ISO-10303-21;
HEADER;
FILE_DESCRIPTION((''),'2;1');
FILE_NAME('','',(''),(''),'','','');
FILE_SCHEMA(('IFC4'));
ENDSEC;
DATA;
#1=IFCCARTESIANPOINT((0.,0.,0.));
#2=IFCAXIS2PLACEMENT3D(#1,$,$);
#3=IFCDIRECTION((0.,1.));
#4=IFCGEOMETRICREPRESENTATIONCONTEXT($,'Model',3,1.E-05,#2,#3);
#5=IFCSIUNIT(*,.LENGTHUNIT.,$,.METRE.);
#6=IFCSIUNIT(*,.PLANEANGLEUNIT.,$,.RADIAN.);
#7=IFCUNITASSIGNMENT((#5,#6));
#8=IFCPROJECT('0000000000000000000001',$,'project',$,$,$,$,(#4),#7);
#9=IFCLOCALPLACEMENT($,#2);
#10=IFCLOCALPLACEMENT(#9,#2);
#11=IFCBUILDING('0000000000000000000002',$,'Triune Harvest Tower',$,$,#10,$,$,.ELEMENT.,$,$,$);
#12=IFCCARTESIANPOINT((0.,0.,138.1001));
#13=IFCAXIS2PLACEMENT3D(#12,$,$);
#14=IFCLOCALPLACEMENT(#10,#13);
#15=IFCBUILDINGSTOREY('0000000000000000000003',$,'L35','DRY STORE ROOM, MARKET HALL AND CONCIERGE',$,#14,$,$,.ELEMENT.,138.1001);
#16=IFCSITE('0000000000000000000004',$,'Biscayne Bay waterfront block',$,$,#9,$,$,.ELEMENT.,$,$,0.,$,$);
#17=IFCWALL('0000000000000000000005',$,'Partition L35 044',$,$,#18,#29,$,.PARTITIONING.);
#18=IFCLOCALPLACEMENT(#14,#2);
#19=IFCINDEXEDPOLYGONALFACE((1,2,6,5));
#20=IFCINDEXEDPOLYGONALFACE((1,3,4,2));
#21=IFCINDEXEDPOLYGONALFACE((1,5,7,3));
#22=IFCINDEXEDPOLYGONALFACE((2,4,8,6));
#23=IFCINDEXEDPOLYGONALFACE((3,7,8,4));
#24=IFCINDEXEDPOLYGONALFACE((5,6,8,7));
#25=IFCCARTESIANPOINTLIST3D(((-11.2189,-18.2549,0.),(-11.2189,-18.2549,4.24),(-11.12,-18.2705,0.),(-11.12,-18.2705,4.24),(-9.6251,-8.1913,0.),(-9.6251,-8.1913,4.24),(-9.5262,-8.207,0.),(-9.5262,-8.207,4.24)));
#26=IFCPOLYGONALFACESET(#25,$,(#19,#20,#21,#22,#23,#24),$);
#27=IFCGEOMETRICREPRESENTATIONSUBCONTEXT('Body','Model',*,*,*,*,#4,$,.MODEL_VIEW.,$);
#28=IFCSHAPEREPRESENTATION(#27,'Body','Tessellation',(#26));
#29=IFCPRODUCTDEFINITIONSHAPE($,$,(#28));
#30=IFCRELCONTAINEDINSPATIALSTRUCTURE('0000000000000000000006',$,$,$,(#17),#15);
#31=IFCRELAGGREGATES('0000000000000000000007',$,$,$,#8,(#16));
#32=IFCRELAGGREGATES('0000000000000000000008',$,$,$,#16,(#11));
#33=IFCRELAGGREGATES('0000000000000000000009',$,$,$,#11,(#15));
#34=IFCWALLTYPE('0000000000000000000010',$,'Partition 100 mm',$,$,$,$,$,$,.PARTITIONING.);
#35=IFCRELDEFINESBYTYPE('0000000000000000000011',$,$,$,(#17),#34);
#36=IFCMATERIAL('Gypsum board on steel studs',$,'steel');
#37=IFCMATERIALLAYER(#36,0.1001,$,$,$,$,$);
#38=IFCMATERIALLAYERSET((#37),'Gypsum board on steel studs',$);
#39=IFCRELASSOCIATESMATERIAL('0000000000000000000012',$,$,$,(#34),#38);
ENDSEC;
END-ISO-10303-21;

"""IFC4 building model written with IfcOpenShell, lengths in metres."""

from ifc_helpers import new_model, si_unit, direction, frame, frame_2d, origin, place, context, subcontext, project, spatial, rectangle, extrude, source, transform, mapped, material, layer, layer_set, type_object, element, save


model = new_model("IFC4")

# Units and contexts
model_context = context("Model", 3, precision=1e-05, world=origin(), true_north=direction((0.0, 1.0)))
body_context = subcontext(model_context, "Body", "Model", "MODEL_VIEW")
ifc_project = project(units=[si_unit("LENGTHUNIT", "METRE"), si_unit("PLANEANGLEUNIT", "RADIAN")], contexts=[model_context])

# Site, building, storey
site_placement = place(None, origin())
site = spatial("IfcSite", under=ifc_project, at=site_placement, Name="Biscayne Bay waterfront block", CompositionType="ELEMENT", RefElevation=0.0)
building_placement = place(site_placement, origin())
building = spatial("IfcBuilding", under=site, at=building_placement, Name="Triune Harvest Tower", CompositionType="ELEMENT")
storey_placement = place(building_placement, frame((0.0, 0.0, 138.1001)))
storey = spatial("IfcBuildingStorey", under=building, at=storey_placement, Name="L35", Description="DRY STORE ROOM, MARKET HALL AND CONCIERGE", CompositionType="ELEMENT", Elevation=138.1001)

# Wall
ifc_material_1 = material(Name="Gypsum board on steel studs", Category="steel")
ifc_layer_1 = layer(ifc_material_1, 0.1001)
ifc_layer_set_1 = layer_set([ifc_layer_1], Name="Gypsum board on steel studs")
wall_type = type_object("IfcWallType", Name="Partition 100 mm", PredefinedType="PARTITIONING", material=ifc_layer_set_1)
shared_shape_1 = source(origin(), body_context, "Body", "SweptSolid", [
    extrude(rectangle(XDim=10.189, YDim=0.1001, at=frame_2d((5.0945, 0.0))), origin(), (0.0, 0.0, 1.0), 4.24),
])
wall_1_placement = place(storey_placement, frame((-11.1694, -18.2627, 0.0), z_axis=(0.0, 0.0, 1.0), x_axis=(0.15642, 0.987691, 0.0)))
element("IfcWall", 1, at=wall_1_placement, inside=storey, type_object=wall_type, Name="Partition L35 044", PredefinedType="PARTITIONING", context=body_context, shape_type="MappedRepresentation", body=[
    mapped(shared_shape_1, transform((0.0, 0.0, 0.0), scale=1.0)),
])

save(model, "model.ifc")
